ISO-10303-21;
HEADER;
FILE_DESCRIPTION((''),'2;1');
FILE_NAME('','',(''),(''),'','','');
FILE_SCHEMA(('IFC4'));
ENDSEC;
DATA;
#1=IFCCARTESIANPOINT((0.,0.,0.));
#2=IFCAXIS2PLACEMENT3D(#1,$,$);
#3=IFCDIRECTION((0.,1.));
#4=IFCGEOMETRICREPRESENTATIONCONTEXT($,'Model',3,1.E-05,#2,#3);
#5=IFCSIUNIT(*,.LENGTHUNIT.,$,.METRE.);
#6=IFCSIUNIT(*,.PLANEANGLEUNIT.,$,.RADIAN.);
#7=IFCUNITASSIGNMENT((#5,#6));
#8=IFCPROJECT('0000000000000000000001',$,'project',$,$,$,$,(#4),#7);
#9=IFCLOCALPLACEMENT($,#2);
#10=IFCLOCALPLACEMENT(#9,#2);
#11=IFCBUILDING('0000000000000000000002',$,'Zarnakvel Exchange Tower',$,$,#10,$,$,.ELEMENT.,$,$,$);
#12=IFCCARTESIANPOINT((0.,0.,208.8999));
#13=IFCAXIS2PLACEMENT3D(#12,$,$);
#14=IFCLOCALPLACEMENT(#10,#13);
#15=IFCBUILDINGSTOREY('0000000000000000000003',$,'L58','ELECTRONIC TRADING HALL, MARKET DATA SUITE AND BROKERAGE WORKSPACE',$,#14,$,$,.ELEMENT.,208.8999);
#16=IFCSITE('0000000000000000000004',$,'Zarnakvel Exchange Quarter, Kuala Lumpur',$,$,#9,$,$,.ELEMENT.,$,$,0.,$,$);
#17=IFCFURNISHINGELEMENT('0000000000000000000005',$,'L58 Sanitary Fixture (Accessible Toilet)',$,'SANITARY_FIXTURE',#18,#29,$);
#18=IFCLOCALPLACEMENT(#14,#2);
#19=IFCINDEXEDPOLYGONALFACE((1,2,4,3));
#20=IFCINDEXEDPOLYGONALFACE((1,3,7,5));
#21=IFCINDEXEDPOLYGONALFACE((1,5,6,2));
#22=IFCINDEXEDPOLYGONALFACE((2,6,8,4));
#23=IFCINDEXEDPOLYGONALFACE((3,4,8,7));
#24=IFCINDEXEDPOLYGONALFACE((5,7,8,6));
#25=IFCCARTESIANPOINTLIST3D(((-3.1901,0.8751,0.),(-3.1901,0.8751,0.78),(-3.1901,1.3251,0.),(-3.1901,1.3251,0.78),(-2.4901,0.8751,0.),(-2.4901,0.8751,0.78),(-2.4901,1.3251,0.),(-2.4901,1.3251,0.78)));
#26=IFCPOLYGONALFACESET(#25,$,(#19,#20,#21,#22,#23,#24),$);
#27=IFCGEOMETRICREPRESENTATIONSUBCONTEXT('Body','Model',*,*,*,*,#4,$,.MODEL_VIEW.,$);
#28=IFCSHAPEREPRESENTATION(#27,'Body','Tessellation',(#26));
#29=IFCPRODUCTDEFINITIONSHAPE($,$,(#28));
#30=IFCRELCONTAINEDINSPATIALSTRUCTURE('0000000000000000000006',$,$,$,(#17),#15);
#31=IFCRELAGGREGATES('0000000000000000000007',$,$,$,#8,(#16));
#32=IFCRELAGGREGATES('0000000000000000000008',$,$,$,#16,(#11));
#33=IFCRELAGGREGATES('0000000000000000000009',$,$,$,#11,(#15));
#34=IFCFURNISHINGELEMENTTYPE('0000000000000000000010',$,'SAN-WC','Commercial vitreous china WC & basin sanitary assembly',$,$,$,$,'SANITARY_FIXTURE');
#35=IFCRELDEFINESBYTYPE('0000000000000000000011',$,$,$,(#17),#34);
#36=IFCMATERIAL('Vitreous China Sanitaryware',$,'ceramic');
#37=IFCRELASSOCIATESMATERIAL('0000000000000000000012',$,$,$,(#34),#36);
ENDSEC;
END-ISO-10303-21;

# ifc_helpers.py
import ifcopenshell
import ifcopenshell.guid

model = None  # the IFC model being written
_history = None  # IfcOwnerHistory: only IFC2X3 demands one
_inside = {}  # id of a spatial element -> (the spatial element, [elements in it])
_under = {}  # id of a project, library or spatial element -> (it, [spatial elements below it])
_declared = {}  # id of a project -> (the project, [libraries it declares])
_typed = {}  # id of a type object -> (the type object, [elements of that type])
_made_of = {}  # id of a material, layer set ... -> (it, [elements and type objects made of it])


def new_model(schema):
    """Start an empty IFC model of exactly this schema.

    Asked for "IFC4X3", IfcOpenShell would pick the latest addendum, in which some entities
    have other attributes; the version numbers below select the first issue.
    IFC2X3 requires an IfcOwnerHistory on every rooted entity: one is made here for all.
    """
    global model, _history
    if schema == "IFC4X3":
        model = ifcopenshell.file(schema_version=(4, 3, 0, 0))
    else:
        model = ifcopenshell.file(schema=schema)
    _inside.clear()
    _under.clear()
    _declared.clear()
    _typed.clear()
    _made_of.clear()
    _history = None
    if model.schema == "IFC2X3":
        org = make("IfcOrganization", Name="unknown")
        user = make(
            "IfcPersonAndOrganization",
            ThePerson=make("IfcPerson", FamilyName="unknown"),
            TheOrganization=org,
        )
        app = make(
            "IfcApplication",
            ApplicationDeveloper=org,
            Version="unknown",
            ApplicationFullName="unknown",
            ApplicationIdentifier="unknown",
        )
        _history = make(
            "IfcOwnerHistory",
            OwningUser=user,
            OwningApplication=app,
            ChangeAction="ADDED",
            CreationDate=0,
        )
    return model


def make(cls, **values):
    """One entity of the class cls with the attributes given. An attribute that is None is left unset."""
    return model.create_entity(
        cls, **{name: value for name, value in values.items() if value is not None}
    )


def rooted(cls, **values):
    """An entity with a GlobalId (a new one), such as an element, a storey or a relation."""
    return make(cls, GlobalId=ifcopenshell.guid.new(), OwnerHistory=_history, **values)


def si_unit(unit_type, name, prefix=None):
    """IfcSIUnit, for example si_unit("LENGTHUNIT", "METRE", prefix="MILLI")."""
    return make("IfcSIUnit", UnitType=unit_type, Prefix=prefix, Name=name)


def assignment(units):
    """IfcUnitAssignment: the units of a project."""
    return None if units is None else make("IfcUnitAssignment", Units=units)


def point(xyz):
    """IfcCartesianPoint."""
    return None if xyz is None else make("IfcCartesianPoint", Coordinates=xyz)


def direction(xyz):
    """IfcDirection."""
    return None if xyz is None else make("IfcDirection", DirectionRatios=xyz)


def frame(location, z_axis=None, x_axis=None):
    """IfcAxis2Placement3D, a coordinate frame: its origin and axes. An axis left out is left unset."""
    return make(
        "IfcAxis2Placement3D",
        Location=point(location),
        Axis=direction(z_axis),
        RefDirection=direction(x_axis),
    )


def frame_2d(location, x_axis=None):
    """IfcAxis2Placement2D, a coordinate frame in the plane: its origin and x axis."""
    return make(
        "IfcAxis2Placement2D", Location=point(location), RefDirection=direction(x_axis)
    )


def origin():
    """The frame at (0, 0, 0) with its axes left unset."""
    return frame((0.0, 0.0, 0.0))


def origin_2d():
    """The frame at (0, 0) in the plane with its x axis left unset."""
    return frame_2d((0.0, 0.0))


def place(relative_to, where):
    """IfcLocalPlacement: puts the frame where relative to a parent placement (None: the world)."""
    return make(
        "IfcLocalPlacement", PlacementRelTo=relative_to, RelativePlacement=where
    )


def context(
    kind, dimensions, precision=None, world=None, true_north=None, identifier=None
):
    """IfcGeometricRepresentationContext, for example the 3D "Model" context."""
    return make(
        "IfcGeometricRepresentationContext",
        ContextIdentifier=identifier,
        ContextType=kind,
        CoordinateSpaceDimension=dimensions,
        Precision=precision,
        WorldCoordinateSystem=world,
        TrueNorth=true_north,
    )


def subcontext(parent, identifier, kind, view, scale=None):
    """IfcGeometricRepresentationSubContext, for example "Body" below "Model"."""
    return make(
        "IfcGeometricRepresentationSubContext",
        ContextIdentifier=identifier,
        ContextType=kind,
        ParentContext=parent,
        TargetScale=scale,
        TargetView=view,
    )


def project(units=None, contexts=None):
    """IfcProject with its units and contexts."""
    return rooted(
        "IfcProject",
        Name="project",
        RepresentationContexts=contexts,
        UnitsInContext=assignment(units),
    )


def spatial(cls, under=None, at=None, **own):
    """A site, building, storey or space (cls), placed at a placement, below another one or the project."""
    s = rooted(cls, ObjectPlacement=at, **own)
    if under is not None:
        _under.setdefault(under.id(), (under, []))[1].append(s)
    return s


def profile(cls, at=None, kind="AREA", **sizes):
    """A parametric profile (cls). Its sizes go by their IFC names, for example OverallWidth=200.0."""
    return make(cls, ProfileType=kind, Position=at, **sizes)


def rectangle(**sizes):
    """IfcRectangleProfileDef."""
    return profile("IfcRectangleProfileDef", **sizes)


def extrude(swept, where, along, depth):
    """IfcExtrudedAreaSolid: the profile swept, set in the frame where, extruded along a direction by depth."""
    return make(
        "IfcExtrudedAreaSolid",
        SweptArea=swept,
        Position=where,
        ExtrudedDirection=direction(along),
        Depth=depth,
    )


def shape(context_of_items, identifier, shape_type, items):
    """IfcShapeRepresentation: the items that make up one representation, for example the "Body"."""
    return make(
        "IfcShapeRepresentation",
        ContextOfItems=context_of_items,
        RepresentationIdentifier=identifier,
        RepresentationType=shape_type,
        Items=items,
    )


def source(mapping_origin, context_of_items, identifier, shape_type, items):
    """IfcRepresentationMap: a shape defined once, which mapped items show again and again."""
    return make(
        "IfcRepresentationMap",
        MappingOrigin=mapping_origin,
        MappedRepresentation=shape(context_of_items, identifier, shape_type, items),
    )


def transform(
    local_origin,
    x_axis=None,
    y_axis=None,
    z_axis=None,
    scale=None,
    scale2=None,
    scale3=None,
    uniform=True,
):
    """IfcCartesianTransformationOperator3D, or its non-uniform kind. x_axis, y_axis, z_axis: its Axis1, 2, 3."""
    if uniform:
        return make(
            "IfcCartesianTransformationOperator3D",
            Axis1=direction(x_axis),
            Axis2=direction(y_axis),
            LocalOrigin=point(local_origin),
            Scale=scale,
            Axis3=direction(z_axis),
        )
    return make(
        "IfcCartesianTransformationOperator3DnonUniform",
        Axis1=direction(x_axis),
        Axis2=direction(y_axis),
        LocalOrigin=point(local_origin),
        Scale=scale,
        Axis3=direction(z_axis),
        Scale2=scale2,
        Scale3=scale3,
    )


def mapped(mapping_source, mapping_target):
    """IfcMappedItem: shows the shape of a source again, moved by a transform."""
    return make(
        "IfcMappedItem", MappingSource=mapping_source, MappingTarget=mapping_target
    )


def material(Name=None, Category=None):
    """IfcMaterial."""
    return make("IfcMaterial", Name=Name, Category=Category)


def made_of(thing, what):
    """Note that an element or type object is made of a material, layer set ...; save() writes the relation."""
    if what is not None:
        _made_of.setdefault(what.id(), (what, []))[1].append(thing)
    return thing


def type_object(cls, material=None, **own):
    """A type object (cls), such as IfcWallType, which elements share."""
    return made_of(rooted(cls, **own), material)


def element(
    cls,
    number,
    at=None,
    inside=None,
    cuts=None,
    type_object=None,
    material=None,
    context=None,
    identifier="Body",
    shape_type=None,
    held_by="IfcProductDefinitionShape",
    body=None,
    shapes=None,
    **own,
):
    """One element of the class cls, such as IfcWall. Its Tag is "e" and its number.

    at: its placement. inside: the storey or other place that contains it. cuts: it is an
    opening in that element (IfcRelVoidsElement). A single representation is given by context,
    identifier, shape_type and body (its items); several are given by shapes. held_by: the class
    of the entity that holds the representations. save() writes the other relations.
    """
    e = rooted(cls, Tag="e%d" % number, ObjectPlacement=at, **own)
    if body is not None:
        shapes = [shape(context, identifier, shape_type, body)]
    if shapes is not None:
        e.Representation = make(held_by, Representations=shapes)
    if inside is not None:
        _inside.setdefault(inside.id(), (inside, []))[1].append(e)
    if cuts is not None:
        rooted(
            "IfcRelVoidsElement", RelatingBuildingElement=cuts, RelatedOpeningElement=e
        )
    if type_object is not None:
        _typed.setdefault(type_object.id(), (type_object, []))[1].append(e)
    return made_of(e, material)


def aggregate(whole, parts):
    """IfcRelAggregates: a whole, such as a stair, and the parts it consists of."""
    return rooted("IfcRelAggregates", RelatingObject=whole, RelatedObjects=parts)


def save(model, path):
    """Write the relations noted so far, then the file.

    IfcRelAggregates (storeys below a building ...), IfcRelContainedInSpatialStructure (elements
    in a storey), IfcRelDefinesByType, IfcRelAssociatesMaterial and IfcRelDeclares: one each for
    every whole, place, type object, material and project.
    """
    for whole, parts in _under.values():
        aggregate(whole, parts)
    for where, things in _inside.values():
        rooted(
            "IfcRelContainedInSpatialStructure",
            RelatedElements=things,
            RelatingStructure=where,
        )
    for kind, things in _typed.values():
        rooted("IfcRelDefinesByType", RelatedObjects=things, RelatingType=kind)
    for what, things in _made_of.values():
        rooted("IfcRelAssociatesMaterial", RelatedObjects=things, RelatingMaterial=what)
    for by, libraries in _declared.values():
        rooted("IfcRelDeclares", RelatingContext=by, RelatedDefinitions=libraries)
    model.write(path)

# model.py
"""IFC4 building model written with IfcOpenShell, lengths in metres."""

from ifc_helpers import new_model, si_unit, direction, frame, origin, origin_2d, place, context, subcontext, project, spatial, rectangle, extrude, source, transform, mapped, material, type_object, element, save


model = new_model("IFC4")

# Units and contexts
model_context = context("Model", 3, precision=1e-05, world=origin(), true_north=direction((0.0, 1.0)))
body_context = subcontext(model_context, "Body", "Model", "MODEL_VIEW")
ifc_project = project(units=[si_unit("LENGTHUNIT", "METRE"), si_unit("PLANEANGLEUNIT", "RADIAN")], contexts=[model_context])

# Site, building, storey
site_placement = place(None, origin())
site = spatial("IfcSite", under=ifc_project, at=site_placement, Name="Zarnakvel Exchange Quarter, Kuala Lumpur", CompositionType="ELEMENT", RefElevation=0.0)
building_placement = place(site_placement, origin())
building = spatial("IfcBuilding", under=site, at=building_placement, Name="Zarnakvel Exchange Tower", CompositionType="ELEMENT")
storey_placement = place(building_placement, frame((0.0, 0.0, 208.8999)))
storey = spatial("IfcBuildingStorey", under=building, at=storey_placement, Name="L58", Description="ELECTRONIC TRADING HALL, MARKET DATA SUITE AND BROKERAGE WORKSPACE", CompositionType="ELEMENT", Elevation=208.8999)

# Furnishing element
ifc_material_1 = material(Name="Vitreous China Sanitaryware", Category="ceramic")
furnishing_element_type = type_object("IfcFurnishingElementType", Name="SAN-WC", Description="Commercial vitreous china WC & basin sanitary assembly", ElementType="SANITARY_FIXTURE", material=ifc_material_1)
shared_shape_1 = source(origin(), body_context, "Body", "SweptSolid", [
    extrude(rectangle(XDim=0.7, YDim=0.45, at=origin_2d()), origin(), (0.0, 0.0, 1.0), 0.78),
])
furnishing_placement = place(storey_placement, frame((-2.8401, 1.1001, 0.0), z_axis=(0.0, 0.0, 1.0), x_axis=(1.0, 0.0, 0.0)))
element("IfcFurnishingElement", 1, at=furnishing_placement, inside=storey, type_object=furnishing_element_type, Name="L58 Sanitary Fixture (Accessible Toilet)", ObjectType="SANITARY_FIXTURE", context=body_context, shape_type="MappedRepresentation", body=[
    mapped(shared_shape_1, transform((0.0, 0.0, 0.0), x_axis=(1.0, 0.0, 0.0), y_axis=(0.0, 1.0, 0.0), z_axis=(0.0, 0.0, 1.0), scale=1.0)),
])

save(model, "model.ifc")
